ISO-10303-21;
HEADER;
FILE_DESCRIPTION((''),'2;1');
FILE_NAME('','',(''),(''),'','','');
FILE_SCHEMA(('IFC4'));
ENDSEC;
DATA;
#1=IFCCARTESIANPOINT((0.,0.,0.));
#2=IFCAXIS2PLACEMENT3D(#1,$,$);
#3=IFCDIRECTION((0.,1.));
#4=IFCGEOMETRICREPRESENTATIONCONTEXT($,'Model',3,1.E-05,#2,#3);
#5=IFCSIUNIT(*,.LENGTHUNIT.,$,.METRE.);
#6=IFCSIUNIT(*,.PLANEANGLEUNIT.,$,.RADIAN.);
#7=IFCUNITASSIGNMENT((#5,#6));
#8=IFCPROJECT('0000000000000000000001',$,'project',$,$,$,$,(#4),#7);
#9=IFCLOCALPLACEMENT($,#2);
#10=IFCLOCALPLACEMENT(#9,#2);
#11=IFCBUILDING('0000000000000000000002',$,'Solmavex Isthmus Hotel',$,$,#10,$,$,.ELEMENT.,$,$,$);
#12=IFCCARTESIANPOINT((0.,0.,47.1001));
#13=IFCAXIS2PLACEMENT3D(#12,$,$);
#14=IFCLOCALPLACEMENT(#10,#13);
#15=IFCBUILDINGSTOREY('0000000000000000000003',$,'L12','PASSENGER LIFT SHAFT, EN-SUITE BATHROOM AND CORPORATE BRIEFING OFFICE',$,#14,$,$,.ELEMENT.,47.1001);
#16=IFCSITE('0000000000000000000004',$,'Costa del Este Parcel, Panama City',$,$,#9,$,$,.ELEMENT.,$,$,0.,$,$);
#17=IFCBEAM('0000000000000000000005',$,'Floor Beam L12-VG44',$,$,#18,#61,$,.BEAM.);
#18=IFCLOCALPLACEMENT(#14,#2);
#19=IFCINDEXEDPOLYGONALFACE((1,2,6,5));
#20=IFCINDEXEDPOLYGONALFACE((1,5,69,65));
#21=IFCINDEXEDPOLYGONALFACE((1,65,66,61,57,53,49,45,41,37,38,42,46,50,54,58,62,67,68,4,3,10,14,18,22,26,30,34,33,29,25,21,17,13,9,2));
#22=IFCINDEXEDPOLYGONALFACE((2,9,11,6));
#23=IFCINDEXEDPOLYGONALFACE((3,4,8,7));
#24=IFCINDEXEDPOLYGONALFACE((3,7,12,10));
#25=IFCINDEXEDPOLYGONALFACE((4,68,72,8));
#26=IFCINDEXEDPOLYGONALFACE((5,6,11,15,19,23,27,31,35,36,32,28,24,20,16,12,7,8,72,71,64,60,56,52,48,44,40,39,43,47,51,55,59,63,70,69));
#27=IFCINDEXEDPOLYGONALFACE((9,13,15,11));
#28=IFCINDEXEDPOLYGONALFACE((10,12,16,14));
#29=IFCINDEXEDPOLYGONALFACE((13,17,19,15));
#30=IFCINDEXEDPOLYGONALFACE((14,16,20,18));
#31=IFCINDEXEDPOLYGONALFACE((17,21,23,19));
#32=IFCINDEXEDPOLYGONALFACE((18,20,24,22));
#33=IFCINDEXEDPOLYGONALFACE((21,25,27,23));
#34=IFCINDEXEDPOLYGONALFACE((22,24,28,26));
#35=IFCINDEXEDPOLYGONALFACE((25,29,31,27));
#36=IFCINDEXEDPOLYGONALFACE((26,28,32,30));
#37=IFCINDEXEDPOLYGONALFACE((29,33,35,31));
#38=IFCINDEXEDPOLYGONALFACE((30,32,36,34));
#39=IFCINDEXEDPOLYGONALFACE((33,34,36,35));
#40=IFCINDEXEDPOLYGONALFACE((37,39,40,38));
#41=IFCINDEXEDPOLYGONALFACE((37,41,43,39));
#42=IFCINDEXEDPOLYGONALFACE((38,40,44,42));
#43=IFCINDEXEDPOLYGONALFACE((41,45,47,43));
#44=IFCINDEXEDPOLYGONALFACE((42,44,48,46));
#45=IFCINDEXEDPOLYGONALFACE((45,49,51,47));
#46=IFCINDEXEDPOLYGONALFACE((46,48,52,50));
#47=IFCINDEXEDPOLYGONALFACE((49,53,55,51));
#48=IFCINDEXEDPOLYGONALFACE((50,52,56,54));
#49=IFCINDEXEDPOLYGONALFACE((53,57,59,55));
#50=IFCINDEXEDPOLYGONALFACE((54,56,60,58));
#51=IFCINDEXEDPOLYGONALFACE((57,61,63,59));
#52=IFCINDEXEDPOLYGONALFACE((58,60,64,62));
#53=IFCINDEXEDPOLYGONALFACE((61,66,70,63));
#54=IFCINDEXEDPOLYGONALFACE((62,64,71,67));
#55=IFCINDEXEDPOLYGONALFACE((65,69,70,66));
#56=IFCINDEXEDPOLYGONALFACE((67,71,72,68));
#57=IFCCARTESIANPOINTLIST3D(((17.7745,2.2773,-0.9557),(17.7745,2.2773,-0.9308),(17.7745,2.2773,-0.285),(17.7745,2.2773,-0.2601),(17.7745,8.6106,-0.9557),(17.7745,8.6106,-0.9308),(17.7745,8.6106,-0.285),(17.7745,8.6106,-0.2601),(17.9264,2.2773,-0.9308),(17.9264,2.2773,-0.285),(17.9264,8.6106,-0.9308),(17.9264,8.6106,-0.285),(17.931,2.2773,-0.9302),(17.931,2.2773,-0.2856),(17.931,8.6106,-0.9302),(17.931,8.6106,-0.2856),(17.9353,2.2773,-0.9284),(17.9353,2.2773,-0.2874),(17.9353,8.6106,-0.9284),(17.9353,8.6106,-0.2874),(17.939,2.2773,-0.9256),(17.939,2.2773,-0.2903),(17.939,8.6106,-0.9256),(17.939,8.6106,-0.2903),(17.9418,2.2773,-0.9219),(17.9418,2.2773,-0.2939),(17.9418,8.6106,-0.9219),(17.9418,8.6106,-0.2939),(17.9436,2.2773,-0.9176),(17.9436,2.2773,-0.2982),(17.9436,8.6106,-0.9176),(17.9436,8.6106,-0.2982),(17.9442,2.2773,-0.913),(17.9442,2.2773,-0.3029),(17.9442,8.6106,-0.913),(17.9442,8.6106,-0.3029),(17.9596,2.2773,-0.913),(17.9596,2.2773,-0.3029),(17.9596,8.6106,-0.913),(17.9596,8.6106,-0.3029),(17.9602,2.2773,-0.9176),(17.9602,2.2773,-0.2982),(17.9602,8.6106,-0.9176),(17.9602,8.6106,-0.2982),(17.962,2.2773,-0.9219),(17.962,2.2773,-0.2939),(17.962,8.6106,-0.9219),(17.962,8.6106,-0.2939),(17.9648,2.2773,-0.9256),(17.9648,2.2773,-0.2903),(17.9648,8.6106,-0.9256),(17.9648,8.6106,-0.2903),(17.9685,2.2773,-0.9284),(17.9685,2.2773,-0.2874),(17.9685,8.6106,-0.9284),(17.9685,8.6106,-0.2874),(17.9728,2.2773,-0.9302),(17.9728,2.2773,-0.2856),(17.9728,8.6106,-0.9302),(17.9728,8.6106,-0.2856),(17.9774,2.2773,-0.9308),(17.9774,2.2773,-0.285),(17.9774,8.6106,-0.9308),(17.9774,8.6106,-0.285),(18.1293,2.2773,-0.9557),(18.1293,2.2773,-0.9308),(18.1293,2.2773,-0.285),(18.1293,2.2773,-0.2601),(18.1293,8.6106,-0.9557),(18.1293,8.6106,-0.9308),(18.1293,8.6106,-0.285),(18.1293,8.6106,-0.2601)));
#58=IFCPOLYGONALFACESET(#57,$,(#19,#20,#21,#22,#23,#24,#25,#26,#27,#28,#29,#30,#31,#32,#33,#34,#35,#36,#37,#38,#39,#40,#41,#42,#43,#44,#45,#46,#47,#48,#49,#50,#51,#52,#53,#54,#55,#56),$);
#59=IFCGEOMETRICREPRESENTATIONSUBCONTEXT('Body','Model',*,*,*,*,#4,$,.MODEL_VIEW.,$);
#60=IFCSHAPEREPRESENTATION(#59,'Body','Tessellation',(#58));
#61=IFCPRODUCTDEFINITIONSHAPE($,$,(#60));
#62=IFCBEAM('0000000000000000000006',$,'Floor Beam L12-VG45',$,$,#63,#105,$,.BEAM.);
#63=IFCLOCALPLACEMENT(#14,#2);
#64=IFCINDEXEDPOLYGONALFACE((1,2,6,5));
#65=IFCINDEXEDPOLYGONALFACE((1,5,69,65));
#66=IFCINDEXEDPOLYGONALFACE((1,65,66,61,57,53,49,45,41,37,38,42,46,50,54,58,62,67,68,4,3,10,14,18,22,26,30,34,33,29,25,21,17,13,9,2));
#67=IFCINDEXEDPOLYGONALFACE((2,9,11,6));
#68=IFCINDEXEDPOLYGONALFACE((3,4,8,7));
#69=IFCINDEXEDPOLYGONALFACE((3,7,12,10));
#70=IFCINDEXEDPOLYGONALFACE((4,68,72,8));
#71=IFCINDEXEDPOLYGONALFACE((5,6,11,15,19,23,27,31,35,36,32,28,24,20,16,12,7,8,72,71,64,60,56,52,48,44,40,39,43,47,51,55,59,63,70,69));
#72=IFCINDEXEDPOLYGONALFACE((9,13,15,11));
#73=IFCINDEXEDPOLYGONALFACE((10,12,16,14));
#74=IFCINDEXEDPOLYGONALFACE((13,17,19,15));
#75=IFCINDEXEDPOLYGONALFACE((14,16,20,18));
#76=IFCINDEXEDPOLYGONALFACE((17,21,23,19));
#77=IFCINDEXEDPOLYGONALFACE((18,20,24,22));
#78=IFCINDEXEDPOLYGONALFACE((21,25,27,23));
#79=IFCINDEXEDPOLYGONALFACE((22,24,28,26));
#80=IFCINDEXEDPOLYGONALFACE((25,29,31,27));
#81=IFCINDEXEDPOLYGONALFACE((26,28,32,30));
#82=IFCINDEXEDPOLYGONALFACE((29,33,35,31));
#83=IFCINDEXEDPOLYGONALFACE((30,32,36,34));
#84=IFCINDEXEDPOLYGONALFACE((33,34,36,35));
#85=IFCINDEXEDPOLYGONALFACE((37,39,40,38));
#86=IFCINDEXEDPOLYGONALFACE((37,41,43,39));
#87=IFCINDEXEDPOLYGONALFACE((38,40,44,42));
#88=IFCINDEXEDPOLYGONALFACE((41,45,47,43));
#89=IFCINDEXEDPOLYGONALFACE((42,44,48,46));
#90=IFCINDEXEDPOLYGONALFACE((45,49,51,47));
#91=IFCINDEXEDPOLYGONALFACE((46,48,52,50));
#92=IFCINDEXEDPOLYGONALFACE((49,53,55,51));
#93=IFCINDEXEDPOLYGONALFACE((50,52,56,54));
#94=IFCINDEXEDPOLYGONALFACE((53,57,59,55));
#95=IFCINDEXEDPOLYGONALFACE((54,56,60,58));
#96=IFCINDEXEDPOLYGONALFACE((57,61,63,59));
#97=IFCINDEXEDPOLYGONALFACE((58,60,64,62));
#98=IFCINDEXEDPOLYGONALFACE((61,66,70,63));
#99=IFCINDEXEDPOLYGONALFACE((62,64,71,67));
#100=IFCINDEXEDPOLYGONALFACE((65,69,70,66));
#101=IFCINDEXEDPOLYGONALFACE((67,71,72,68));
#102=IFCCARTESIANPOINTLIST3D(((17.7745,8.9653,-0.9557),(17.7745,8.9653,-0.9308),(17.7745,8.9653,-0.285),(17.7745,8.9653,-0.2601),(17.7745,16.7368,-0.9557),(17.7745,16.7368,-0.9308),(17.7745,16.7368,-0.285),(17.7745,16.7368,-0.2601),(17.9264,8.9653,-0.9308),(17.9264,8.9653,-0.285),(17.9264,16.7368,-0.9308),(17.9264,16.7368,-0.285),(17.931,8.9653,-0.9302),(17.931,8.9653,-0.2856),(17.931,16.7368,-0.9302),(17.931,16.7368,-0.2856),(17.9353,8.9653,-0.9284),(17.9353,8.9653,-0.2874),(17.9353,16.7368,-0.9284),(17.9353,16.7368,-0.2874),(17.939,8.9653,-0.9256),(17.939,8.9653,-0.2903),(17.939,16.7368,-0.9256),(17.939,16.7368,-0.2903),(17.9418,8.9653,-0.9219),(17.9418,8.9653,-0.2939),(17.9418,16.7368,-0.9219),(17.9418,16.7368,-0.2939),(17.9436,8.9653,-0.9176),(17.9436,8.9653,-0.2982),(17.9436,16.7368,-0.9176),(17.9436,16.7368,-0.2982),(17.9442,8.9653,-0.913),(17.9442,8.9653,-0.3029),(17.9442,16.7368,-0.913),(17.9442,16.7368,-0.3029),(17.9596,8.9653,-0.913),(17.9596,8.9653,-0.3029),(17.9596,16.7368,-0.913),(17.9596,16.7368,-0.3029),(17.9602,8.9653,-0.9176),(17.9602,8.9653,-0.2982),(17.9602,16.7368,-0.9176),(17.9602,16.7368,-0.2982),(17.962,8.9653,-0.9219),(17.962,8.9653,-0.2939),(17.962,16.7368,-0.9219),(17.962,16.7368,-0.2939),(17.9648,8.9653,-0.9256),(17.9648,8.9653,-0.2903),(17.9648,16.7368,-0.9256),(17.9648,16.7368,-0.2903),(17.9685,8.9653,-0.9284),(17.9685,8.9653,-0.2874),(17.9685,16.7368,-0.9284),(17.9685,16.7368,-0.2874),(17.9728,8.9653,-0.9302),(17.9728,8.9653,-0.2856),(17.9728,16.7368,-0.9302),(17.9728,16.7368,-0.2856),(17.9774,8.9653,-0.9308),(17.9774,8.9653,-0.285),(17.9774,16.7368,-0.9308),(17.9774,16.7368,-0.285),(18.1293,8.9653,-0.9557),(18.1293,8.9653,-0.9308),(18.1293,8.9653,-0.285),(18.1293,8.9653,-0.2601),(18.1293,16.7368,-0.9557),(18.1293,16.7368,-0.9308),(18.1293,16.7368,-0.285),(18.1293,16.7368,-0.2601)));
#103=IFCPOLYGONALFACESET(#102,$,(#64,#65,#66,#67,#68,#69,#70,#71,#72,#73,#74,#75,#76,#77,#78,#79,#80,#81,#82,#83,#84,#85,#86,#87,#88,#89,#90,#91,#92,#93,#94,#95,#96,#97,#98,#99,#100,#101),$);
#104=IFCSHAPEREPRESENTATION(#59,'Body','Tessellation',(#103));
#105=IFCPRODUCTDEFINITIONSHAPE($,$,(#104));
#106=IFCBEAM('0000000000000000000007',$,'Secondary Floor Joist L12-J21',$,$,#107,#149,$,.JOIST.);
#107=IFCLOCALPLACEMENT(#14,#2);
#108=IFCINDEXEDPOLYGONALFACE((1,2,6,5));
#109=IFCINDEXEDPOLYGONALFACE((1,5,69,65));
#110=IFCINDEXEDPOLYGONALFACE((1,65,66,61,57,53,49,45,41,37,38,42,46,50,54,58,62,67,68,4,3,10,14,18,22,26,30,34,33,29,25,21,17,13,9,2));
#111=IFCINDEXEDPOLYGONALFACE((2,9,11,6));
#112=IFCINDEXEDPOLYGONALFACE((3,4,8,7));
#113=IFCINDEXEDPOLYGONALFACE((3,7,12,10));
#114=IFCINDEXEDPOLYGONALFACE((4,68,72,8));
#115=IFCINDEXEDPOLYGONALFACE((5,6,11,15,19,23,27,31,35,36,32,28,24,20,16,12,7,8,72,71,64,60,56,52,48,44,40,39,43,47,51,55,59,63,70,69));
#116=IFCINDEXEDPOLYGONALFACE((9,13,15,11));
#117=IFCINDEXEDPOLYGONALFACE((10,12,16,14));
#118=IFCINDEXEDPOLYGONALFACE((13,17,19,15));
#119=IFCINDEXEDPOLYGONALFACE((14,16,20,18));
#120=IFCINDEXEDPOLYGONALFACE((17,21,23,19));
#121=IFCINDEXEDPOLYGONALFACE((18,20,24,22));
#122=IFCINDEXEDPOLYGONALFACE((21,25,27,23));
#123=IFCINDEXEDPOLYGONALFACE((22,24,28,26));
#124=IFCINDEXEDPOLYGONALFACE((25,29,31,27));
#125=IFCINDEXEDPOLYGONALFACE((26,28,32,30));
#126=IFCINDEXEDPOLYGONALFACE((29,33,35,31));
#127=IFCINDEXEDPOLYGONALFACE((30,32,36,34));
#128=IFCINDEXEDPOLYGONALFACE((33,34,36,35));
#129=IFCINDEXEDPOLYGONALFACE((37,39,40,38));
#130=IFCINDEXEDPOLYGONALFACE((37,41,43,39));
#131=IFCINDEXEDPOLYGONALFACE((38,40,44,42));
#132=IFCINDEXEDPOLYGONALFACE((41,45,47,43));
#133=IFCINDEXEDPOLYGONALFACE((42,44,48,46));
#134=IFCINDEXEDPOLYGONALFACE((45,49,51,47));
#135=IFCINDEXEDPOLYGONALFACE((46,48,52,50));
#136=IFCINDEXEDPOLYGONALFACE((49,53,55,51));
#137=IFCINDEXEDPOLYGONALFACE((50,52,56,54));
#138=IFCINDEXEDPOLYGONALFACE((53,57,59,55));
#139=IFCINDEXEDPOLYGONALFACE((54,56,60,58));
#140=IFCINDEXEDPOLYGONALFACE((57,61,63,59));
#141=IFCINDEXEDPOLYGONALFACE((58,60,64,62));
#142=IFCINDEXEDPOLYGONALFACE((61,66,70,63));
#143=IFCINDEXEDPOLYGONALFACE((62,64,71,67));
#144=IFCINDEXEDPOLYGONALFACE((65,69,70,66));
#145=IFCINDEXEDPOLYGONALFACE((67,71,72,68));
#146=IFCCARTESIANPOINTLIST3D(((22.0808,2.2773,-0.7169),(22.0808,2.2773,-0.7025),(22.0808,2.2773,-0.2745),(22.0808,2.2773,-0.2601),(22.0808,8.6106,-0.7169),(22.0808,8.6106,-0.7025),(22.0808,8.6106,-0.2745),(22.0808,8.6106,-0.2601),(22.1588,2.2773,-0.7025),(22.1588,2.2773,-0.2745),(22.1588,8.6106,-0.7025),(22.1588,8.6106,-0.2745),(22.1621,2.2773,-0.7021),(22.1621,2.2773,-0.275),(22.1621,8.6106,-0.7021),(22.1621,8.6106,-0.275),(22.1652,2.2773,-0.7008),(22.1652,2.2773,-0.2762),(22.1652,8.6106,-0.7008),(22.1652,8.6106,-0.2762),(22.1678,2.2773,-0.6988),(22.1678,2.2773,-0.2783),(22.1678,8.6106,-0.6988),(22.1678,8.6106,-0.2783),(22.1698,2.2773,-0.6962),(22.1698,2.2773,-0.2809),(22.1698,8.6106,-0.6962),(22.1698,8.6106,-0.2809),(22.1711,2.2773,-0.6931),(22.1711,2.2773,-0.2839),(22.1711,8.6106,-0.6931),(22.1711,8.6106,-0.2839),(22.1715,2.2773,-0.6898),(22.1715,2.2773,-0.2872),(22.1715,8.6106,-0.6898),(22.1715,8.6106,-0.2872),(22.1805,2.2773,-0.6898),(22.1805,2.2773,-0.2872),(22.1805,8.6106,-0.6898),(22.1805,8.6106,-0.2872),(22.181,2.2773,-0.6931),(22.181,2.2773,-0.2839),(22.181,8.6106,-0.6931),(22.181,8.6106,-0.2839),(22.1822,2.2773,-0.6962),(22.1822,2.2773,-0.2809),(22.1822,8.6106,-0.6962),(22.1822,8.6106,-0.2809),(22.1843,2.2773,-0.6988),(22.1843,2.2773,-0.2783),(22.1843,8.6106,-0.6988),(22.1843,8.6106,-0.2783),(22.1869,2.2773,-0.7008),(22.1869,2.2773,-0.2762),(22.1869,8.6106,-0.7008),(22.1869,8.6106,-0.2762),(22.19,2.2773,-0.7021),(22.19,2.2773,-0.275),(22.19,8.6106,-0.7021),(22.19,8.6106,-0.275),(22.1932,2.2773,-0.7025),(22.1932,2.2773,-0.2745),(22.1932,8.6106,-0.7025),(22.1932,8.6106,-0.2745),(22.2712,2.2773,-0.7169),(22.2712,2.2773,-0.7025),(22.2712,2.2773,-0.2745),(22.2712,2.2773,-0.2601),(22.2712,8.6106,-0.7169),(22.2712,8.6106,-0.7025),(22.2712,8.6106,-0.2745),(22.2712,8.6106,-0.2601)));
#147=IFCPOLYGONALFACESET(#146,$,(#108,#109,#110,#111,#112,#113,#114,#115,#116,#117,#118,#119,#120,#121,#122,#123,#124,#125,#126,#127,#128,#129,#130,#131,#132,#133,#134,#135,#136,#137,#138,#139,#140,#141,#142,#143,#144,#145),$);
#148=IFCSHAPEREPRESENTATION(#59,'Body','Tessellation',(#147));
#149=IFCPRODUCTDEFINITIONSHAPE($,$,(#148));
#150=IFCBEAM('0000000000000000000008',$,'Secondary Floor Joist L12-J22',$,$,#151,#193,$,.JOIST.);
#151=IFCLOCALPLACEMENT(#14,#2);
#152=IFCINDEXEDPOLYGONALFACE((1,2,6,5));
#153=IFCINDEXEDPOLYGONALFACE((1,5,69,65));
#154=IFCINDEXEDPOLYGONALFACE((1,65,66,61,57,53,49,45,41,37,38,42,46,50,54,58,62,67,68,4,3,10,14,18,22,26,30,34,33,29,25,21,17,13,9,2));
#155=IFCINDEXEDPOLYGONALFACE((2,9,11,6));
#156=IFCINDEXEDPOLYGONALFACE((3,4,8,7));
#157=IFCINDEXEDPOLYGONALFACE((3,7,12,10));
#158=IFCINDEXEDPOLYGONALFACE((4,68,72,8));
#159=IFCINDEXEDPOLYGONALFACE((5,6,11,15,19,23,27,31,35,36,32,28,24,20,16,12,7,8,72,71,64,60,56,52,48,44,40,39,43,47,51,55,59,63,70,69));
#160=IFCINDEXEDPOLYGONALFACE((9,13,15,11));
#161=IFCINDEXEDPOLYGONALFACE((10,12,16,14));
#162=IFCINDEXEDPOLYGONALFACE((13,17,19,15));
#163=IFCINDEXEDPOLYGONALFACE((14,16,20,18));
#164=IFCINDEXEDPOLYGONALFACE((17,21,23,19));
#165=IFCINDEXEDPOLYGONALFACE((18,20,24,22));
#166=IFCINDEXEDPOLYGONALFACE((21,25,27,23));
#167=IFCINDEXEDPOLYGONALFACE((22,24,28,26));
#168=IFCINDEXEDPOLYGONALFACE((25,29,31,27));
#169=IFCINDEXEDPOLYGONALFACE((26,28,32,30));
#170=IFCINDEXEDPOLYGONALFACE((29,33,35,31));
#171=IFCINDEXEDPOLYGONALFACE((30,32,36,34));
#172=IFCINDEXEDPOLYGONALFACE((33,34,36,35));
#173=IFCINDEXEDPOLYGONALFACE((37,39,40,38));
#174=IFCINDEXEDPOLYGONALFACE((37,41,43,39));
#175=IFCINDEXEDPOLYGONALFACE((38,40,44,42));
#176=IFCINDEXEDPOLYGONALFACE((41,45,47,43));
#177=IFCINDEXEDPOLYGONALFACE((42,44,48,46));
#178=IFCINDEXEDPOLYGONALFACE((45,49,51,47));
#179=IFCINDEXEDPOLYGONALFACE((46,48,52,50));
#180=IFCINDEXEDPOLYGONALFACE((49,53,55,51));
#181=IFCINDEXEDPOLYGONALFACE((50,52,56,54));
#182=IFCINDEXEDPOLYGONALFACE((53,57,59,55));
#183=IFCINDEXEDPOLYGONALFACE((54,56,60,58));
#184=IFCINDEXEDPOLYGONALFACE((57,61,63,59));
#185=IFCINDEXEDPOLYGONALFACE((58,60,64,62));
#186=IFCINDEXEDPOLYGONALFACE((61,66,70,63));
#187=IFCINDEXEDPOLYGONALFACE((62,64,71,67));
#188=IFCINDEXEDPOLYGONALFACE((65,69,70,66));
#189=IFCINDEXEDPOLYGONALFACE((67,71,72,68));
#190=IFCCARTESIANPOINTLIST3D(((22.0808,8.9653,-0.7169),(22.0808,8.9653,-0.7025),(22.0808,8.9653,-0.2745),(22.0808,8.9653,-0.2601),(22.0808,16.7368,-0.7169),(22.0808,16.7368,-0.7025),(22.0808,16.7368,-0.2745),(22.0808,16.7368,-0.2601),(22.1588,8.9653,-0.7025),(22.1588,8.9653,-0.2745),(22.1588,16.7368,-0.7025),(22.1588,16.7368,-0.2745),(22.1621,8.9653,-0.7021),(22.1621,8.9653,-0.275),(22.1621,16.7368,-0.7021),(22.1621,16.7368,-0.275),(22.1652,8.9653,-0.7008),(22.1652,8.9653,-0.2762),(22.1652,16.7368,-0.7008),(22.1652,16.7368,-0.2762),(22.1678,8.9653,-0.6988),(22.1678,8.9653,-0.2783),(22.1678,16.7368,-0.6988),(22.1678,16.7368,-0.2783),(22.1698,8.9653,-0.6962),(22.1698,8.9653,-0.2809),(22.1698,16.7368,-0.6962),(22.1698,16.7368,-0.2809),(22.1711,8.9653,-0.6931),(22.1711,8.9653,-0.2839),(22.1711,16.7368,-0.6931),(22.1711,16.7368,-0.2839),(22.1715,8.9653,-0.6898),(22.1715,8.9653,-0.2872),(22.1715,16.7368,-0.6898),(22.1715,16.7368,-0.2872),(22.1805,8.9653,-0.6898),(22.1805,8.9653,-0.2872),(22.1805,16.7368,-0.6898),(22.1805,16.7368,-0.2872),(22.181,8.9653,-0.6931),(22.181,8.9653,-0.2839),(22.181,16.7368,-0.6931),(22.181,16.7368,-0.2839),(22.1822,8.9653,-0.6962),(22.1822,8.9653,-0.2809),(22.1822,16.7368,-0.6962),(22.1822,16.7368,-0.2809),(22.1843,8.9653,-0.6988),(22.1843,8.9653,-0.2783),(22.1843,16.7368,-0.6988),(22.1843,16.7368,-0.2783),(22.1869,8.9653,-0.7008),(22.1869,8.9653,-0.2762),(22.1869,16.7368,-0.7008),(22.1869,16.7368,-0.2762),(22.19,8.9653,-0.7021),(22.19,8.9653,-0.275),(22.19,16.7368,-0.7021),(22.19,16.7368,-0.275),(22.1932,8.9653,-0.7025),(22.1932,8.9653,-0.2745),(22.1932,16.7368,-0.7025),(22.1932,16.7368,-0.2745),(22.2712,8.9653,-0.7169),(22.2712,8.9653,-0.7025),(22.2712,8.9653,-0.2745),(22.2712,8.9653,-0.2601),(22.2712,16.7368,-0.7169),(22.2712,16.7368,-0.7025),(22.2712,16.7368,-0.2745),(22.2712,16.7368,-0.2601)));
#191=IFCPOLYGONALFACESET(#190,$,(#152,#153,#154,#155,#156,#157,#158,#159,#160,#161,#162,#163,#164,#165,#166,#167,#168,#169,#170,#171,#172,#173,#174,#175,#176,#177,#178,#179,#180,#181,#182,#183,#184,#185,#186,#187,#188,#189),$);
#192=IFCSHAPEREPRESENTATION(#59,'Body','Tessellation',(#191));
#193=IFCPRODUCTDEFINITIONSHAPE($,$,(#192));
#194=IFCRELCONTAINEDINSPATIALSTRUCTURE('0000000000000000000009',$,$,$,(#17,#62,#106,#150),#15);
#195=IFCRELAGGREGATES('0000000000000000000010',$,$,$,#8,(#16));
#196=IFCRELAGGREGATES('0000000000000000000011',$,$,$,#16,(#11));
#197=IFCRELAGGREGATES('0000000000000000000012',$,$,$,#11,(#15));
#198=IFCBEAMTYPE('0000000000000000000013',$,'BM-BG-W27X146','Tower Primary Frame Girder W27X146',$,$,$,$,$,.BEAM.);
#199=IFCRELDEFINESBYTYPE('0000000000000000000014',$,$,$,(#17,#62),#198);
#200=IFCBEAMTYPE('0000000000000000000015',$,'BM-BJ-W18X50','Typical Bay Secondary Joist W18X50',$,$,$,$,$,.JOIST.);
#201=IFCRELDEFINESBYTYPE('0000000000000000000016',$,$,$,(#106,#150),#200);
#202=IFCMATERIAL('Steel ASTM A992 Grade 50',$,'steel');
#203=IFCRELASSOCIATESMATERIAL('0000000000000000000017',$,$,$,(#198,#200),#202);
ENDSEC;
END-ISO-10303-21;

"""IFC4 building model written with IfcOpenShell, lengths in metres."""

from ifc_helpers import new_model, si_unit, direction, frame, origin, origin_2d, place, context, subcontext, project, spatial, i_section, extrude, material, material_profile, profile_set, type_object, element, save


model = new_model("IFC4")

# Units and contexts
model_context = context("Model", 3, precision=1e-05, world=origin(), true_north=direction((0.0, 1.0)))
body_context = subcontext(model_context, "Body", "Model", "MODEL_VIEW")
ifc_project = project(units=[si_unit("LENGTHUNIT", "METRE"), si_unit("PLANEANGLEUNIT", "RADIAN")], contexts=[model_context])

# Site, building, storey
site_placement = place(None, origin())
site = spatial("IfcSite", under=ifc_project, at=site_placement, Name="Costa del Este Parcel, Panama City", CompositionType="ELEMENT", RefElevation=0.0)
building_placement = place(site_placement, origin())
building = spatial("IfcBuilding", under=site, at=building_placement, Name="Solmavex Isthmus Hotel", CompositionType="ELEMENT")
storey_placement = place(building_placement, frame((0.0, 0.0, 47.1001)))
storey = spatial("IfcBuildingStorey", under=building, at=storey_placement, Name="L12", Description="PASSENGER LIFT SHAFT, EN-SUITE BATHROOM AND CORPORATE BRIEFING OFFICE", CompositionType="ELEMENT", Elevation=47.1001)

# Beams
ifc_material_1 = material(Name="Steel ASTM A992 Grade 50", Category="steel")
ifc_material_profile_1 = material_profile(ifc_material_1, i_section(OverallWidth=0.3547, OverallDepth=0.6956, WebThickness=0.0154, FlangeThickness=0.0249, FilletRadius=0.0178, at=origin_2d()), Name="W27X146")
ifc_profile_set_1 = profile_set([ifc_material_profile_1], Name="Steel ASTM A992 Grade 50")
beam_type_1 = type_object("IfcBeamType", Name="BM-BG-W27X146", Description="Tower Primary Frame Girder W27X146", PredefinedType="BEAM", material=ifc_profile_set_1)
beam_1_placement = place(storey_placement, frame((17.9519, 2.2773, -0.6079), z_axis=(0.0, 1.0, 0.0), x_axis=(-1.0, 0.0, 0.0)))
element("IfcBeam", 1, at=beam_1_placement, inside=storey, type_object=beam_type_1, Name="Floor Beam L12-VG44", PredefinedType="BEAM", context=body_context, shape_type="SweptSolid", body=[
    extrude(i_section(OverallWidth=0.3547, OverallDepth=0.6956, WebThickness=0.0154, FlangeThickness=0.0249, FilletRadius=0.0178, at=origin_2d()), origin(), (0.0, 0.0, 1.0), 6.3333),
])
beam_2_placement = place(storey_placement, frame((17.9519, 8.9653, -0.6079), z_axis=(0.0, 1.0, 0.0), x_axis=(-1.0, 0.0, 0.0)))
element("IfcBeam", 2, at=beam_2_placement, inside=storey, type_object=beam_type_1, Name="Floor Beam L12-VG45", PredefinedType="BEAM", context=body_context, shape_type="SweptSolid", body=[
    extrude(i_section(OverallWidth=0.3547, OverallDepth=0.6956, WebThickness=0.0154, FlangeThickness=0.0249, FilletRadius=0.0178, at=origin_2d()), origin(), (0.0, 0.0, 1.0), 7.7715),
])
ifc_material_profile_2 = material_profile(ifc_material_1, i_section(OverallWidth=0.1904, OverallDepth=0.4568, WebThickness=0.009, FlangeThickness=0.0144, FilletRadius=0.0127, at=origin_2d()), Name="W18X50")
ifc_profile_set_2 = profile_set([ifc_material_profile_2], Name="Steel ASTM A992 Grade 50")
beam_type_2 = type_object("IfcBeamType", Name="BM-BJ-W18X50", Description="Typical Bay Secondary Joist W18X50", PredefinedType="JOIST", material=ifc_profile_set_2)
beam_3_placement = place(storey_placement, frame((22.176, 2.2773, -0.4885), z_axis=(0.0, 1.0, 0.0), x_axis=(-1.0, 0.0, 0.0)))
element("IfcBeam", 3, at=beam_3_placement, inside=storey, type_object=beam_type_2, Name="Secondary Floor Joist L12-J21", PredefinedType="JOIST", context=body_context, shape_type="SweptSolid", body=[
    extrude(i_section(OverallWidth=0.1904, OverallDepth=0.4568, WebThickness=0.009, FlangeThickness=0.0144, FilletRadius=0.0127, at=origin_2d()), origin(), (0.0, 0.0, 1.0), 6.3333),
])
beam_4_placement = place(storey_placement, frame((22.176, 8.9653, -0.4885), z_axis=(0.0, 1.0, 0.0), x_axis=(-1.0, 0.0, 0.0)))
element("IfcBeam", 4, at=beam_4_placement, inside=storey, type_object=beam_type_2, Name="Secondary Floor Joist L12-J22", PredefinedType="JOIST", context=body_context, shape_type="SweptSolid", body=[
    extrude(i_section(OverallWidth=0.1904, OverallDepth=0.4568, WebThickness=0.009, FlangeThickness=0.0144, FilletRadius=0.0127, at=origin_2d()), origin(), (0.0, 0.0, 1.0), 7.7715),
])

save(model, "model.ifc")
